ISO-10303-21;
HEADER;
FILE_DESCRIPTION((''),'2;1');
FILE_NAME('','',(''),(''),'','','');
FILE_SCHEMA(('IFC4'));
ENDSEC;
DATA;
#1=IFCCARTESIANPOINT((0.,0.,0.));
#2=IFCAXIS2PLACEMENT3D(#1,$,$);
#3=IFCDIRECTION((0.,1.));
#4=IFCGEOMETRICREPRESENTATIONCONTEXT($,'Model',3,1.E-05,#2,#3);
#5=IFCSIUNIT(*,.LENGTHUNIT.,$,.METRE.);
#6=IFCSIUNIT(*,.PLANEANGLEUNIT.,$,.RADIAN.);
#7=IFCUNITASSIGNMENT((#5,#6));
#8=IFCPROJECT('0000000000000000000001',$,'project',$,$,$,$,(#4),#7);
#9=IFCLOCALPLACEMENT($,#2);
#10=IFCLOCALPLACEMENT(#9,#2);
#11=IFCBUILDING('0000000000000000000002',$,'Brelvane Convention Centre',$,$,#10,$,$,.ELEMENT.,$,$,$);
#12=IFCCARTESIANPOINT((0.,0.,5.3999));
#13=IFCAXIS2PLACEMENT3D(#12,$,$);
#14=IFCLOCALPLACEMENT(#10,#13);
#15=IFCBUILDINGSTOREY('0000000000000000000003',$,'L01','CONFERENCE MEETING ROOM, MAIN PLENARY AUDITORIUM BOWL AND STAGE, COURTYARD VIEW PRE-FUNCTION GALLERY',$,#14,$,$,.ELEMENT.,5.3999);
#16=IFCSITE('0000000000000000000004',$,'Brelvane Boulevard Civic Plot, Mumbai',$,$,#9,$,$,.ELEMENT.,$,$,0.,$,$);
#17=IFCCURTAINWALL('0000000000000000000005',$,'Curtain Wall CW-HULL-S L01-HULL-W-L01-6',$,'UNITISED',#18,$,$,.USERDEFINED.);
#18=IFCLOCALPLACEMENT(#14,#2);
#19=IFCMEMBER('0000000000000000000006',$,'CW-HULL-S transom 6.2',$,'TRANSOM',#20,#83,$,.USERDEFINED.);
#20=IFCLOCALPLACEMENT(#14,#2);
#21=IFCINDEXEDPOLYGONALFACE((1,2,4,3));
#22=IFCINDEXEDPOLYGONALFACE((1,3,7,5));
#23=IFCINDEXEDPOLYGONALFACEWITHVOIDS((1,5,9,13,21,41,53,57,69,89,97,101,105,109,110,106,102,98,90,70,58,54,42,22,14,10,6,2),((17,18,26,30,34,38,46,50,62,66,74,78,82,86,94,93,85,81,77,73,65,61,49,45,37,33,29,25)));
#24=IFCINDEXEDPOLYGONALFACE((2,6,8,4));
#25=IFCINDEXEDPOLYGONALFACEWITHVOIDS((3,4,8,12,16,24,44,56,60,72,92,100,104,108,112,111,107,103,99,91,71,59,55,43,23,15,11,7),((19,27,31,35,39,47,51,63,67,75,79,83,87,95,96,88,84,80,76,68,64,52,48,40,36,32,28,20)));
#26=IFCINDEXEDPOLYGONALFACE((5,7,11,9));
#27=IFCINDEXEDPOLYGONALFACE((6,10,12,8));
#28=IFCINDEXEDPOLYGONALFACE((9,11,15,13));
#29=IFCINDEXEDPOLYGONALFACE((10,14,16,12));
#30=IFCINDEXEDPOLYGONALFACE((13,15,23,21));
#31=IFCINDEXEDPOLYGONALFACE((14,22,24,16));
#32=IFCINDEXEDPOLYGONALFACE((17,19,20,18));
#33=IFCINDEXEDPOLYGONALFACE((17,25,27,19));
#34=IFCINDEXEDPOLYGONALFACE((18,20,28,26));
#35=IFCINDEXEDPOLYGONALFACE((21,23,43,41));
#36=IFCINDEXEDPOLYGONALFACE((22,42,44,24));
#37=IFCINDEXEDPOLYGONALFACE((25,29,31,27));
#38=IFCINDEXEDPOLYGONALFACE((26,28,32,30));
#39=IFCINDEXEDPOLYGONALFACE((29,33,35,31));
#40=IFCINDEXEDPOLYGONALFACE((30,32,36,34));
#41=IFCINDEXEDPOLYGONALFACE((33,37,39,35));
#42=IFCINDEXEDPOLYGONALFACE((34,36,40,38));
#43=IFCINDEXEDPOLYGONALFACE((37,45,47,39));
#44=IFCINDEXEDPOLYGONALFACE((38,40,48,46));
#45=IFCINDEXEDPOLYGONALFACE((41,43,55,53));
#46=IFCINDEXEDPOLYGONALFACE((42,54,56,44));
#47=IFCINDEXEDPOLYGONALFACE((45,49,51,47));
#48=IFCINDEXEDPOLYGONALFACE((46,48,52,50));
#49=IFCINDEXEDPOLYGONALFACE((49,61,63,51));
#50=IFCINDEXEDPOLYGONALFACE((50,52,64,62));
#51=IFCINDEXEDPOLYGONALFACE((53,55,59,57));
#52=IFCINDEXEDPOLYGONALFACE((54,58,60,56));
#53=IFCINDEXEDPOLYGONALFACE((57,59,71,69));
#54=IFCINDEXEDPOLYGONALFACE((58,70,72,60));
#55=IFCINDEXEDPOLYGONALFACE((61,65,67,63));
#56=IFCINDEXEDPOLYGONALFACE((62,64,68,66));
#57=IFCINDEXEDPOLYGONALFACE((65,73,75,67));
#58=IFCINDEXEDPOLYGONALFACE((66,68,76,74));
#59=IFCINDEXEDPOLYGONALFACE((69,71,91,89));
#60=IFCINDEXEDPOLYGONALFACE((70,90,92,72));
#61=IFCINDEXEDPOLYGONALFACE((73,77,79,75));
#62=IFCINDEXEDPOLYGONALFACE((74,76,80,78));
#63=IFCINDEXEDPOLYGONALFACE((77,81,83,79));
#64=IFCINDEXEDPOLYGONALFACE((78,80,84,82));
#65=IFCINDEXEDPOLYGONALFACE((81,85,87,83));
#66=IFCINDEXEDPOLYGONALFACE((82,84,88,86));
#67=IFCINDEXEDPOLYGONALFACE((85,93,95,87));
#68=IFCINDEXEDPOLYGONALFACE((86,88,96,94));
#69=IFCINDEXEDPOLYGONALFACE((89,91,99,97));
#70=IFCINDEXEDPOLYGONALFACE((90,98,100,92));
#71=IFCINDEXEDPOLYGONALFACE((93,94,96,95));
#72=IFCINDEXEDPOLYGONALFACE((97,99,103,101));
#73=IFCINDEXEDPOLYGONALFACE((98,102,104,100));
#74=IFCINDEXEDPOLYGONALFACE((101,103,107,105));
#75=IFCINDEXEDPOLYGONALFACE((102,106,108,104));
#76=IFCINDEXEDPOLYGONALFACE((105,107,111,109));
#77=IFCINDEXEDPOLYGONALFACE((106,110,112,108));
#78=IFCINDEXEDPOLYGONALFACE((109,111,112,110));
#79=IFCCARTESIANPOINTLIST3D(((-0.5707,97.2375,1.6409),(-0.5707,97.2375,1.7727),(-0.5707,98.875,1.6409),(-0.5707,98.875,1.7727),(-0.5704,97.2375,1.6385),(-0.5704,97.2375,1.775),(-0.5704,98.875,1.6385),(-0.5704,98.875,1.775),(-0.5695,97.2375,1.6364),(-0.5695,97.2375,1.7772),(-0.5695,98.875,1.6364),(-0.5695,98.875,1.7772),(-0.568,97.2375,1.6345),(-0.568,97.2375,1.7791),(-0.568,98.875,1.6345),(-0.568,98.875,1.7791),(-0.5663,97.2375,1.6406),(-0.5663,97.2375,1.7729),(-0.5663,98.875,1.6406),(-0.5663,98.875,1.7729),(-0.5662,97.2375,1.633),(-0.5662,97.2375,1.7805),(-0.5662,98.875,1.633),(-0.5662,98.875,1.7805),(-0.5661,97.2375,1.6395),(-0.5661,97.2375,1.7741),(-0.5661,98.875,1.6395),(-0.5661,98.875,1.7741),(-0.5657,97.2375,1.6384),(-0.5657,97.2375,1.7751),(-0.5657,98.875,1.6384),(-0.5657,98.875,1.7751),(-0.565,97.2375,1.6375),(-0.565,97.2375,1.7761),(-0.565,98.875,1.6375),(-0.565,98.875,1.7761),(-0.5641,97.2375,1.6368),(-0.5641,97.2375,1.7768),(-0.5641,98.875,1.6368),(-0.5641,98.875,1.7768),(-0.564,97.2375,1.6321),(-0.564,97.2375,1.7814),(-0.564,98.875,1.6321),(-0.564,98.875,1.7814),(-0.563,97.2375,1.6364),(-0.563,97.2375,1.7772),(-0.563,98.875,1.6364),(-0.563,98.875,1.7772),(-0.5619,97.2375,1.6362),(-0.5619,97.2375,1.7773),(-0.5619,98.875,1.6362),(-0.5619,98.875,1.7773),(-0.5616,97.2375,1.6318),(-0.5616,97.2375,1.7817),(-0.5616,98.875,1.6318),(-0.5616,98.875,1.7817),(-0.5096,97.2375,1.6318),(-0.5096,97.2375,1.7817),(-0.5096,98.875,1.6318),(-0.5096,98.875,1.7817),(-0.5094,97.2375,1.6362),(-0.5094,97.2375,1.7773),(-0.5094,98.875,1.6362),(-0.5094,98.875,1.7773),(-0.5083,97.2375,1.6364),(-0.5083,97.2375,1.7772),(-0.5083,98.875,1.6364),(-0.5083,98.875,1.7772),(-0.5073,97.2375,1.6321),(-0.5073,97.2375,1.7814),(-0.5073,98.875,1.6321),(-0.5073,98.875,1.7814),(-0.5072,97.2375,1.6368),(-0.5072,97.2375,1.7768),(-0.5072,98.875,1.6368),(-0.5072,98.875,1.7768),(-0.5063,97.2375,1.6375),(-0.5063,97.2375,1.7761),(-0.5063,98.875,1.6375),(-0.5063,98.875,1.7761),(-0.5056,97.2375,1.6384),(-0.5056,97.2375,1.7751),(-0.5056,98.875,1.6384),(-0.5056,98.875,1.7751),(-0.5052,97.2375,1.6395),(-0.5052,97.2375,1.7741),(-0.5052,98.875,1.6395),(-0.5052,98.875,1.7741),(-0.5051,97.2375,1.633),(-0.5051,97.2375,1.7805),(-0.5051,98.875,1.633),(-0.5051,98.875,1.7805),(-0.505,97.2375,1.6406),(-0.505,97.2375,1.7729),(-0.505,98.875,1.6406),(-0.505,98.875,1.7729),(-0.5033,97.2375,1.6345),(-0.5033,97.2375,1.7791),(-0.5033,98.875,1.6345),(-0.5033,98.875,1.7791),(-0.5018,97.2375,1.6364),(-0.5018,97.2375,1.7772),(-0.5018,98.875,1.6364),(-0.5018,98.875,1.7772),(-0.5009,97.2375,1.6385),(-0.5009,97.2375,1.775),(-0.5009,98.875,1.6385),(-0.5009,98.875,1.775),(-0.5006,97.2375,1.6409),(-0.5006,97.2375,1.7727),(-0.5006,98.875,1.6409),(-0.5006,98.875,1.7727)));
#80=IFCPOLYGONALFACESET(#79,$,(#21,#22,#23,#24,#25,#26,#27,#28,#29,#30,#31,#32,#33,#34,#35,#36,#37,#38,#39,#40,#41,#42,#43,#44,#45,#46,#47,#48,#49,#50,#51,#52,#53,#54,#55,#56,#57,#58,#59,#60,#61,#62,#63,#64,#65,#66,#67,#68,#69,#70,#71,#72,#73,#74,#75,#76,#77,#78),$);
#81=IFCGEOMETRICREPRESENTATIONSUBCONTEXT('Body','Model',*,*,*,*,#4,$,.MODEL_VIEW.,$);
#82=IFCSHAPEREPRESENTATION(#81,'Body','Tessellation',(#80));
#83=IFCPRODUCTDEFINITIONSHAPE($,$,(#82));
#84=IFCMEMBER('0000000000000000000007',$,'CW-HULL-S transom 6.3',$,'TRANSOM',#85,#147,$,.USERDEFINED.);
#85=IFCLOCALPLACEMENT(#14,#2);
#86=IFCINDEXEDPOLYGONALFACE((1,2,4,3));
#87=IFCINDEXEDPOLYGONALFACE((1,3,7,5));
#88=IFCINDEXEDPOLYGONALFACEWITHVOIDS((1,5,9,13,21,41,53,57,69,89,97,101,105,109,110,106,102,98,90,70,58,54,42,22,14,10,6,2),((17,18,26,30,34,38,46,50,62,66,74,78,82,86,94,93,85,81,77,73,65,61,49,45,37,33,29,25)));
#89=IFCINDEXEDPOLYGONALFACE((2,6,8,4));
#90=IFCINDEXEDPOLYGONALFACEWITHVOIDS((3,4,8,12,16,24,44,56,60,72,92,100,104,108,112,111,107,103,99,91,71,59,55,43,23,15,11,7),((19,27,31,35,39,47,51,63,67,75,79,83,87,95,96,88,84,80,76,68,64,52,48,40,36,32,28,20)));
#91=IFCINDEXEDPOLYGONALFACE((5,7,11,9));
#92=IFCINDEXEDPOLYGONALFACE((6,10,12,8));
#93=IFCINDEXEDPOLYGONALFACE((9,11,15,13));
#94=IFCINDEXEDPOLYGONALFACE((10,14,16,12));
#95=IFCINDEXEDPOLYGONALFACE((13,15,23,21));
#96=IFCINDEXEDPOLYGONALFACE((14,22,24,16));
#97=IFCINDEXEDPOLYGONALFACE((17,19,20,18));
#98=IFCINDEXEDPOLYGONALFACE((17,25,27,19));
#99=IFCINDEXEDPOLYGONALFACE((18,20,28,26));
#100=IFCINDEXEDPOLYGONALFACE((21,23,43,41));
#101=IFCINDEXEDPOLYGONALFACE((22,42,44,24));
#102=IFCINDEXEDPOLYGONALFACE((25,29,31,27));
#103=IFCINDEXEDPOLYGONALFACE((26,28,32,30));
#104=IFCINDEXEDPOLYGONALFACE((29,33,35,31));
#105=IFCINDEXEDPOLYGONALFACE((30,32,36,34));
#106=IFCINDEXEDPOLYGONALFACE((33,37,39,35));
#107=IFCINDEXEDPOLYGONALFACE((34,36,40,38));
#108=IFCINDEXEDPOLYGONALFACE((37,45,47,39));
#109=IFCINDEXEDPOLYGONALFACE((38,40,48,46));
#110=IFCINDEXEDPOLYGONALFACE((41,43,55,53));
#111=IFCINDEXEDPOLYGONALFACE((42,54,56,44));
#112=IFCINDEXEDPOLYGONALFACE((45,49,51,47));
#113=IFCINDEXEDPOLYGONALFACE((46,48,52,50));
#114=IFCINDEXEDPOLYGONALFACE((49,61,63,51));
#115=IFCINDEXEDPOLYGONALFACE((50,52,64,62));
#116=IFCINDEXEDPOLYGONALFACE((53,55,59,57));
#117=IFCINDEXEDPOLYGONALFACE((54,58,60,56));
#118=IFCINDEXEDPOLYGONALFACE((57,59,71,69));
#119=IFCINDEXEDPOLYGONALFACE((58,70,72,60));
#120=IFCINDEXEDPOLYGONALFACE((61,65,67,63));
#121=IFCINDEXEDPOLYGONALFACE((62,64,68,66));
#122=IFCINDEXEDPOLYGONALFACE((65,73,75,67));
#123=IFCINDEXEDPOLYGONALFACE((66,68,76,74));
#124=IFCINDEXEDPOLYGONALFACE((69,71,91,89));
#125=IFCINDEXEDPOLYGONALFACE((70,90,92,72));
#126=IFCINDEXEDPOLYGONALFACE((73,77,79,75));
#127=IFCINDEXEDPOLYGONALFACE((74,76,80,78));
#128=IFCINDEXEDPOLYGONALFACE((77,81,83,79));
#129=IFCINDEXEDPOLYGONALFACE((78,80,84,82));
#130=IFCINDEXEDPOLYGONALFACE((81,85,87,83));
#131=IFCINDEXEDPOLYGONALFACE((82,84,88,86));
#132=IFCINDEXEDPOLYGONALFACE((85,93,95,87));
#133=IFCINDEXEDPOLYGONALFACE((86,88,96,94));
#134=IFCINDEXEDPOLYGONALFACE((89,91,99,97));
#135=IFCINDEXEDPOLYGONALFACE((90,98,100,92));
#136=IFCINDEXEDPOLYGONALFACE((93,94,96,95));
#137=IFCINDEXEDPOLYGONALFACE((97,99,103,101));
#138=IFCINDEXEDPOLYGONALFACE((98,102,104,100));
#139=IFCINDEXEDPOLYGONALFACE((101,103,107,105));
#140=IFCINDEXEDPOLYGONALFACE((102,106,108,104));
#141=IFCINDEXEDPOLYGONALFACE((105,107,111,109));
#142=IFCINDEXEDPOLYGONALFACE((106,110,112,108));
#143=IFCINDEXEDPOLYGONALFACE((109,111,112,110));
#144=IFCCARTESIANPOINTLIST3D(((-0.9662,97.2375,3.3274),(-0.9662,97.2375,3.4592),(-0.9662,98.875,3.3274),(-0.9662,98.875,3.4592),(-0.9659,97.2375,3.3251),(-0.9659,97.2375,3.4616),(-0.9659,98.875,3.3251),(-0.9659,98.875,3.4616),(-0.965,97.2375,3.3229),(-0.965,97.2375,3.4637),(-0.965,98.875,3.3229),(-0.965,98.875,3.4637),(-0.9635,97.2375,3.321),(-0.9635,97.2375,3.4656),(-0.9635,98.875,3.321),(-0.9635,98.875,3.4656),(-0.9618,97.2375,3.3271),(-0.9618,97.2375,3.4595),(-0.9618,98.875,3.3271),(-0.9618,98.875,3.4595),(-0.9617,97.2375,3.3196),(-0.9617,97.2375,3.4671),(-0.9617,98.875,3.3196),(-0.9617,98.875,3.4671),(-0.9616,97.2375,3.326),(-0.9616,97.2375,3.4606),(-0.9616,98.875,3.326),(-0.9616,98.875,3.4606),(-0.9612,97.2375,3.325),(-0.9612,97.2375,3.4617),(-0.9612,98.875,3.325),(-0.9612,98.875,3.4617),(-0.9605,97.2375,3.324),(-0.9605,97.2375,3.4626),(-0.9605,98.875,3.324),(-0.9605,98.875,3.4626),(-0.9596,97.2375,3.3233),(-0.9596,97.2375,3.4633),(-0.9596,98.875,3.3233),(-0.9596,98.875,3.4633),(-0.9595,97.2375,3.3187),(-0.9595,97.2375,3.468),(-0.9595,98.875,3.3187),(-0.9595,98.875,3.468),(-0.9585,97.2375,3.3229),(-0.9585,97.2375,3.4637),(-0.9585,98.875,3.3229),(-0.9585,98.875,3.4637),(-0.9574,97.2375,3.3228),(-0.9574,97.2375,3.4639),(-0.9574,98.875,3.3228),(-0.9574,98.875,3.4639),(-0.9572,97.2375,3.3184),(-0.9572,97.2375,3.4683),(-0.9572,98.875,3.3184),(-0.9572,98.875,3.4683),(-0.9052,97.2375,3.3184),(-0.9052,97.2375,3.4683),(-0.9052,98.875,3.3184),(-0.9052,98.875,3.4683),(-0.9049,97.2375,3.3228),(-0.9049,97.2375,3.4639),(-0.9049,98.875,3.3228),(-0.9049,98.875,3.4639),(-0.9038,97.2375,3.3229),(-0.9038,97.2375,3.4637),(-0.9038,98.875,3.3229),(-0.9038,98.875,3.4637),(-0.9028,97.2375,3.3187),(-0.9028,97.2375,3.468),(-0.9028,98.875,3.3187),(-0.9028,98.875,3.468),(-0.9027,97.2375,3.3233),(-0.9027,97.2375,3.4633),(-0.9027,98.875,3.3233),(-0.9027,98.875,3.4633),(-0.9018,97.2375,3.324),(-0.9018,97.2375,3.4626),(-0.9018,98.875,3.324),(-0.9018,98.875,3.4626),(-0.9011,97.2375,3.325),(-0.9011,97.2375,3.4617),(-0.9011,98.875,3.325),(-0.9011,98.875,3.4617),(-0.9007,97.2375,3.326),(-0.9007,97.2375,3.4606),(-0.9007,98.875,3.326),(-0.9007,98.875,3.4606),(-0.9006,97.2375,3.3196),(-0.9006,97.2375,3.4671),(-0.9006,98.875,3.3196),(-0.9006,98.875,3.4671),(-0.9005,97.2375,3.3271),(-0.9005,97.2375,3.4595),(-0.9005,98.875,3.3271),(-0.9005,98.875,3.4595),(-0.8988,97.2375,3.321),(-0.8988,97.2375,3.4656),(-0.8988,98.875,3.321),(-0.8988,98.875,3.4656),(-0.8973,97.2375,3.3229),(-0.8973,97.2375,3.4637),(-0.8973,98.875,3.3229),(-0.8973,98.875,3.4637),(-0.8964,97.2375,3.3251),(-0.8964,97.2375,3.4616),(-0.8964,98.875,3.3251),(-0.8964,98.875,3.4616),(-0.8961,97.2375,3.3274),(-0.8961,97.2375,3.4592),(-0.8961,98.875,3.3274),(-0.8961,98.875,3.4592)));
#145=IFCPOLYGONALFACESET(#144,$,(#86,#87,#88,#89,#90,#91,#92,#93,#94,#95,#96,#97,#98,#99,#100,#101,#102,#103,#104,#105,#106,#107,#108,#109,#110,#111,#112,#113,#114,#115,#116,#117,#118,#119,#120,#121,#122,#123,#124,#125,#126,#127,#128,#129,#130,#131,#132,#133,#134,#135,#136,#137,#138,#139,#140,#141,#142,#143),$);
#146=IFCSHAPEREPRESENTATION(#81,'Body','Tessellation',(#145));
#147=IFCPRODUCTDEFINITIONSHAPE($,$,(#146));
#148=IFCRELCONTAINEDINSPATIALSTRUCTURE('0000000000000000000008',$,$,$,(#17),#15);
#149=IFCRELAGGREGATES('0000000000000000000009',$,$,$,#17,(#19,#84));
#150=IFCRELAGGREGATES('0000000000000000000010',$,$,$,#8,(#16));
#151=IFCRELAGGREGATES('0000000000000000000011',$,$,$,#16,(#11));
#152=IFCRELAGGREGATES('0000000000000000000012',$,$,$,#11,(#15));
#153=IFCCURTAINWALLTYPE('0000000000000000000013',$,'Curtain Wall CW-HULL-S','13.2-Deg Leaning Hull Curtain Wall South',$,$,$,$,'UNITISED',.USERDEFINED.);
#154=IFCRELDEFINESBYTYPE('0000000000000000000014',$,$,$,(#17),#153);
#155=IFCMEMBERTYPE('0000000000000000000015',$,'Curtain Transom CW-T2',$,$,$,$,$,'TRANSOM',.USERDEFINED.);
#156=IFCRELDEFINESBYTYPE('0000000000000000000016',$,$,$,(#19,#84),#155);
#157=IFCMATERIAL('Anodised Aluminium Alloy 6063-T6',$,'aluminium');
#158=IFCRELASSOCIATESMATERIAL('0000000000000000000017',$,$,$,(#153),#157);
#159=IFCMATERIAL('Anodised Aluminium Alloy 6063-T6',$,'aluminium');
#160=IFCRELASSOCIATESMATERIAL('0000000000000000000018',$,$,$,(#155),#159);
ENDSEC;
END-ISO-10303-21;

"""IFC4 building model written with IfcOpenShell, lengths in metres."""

from ifc_helpers import new_model, si_unit, direction, frame, origin, origin_2d, place, context, subcontext, project, spatial, hollow_rectangle, extrude, material, material_profile, profile_set, type_object, element, aggregate, save


model = new_model("IFC4")

# Units and contexts
model_context = context("Model", 3, precision=1e-05, world=origin(), true_north=direction((0.0, 1.0)))
body_context = subcontext(model_context, "Body", "Model", "MODEL_VIEW")
ifc_project = project(units=[si_unit("LENGTHUNIT", "METRE"), si_unit("PLANEANGLEUNIT", "RADIAN")], contexts=[model_context])

# Site, building, storey
site_placement = place(None, origin())
site = spatial("IfcSite", under=ifc_project, at=site_placement, Name="Brelvane Boulevard Civic Plot, Mumbai", CompositionType="ELEMENT", RefElevation=0.0)
building_placement = place(site_placement, origin())
building = spatial("IfcBuilding", under=site, at=building_placement, Name="Brelvane Convention Centre", CompositionType="ELEMENT")
storey_placement = place(building_placement, frame((0.0, 0.0, 5.3999)))
storey = spatial("IfcBuildingStorey", under=building, at=storey_placement, Name="L01", Description="CONFERENCE MEETING ROOM, MAIN PLENARY AUDITORIUM BOWL AND STAGE, COURTYARD VIEW PRE-FUNCTION GALLERY", CompositionType="ELEMENT", Elevation=5.3999)

# Curtain wall, members
ifc_material_1 = material(Name="Anodised Aluminium Alloy 6063-T6", Category="aluminium")
curtain_wall_type = type_object("IfcCurtainWallType", Name="Curtain Wall CW-HULL-S", Description="13.2-Deg Leaning Hull Curtain Wall South", ElementType="UNITISED", PredefinedType="USERDEFINED", material=ifc_material_1)
curtain_wall_placement = place(storey_placement, origin())
curtain_wall = element("IfcCurtainWall", 1, at=curtain_wall_placement, inside=storey, type_object=curtain_wall_type, Name="Curtain Wall CW-HULL-S L01-HULL-W-L01-6", ObjectType="UNITISED", PredefinedType="USERDEFINED")
ifc_material_2 = material(Name="Anodised Aluminium Alloy 6063-T6", Category="aluminium")
ifc_material_profile_1 = material_profile(ifc_material_2, hollow_rectangle(XDim=0.0701, YDim=0.1499, WallThickness=0.0044, InnerFilletRadius=0.0044, OuterFilletRadius=0.009, at=origin_2d()), Name="ALU-T 150x70x4.5")
ifc_profile_set_1 = profile_set([ifc_material_profile_1], Name="Anodised Aluminium Alloy 6063-T6")
member_type_1 = type_object("IfcMemberType", Name="Curtain Transom CW-T2", ElementType="TRANSOM", PredefinedType="USERDEFINED", material=ifc_profile_set_1)
member_1_placement = place(storey_placement, frame((-0.5356, 97.2375, 1.7068), z_axis=(0.0, 1.0, 0.0), x_axis=(-1.0, 0.0, 0.0)))
member_1 = element("IfcMember", 2, at=member_1_placement, type_object=member_type_1, Name="CW-HULL-S transom 6.2", ObjectType="TRANSOM", PredefinedType="USERDEFINED", context=body_context, shape_type="SweptSolid", body=[
    extrude(hollow_rectangle(XDim=0.0701, YDim=0.1499, WallThickness=0.0044, InnerFilletRadius=0.0044, OuterFilletRadius=0.009, at=origin_2d()), origin(), (0.0, 0.0, 1.0), 1.6375),
])
member_2_placement = place(storey_placement, frame((-0.9312, 97.2375, 3.3933), z_axis=(0.0, 1.0, 0.0), x_axis=(-1.0, 0.0, 0.0)))
member_2 = element("IfcMember", 3, at=member_2_placement, type_object=member_type_1, Name="CW-HULL-S transom 6.3", ObjectType="TRANSOM", PredefinedType="USERDEFINED", context=body_context, shape_type="SweptSolid", body=[
    extrude(hollow_rectangle(XDim=0.0701, YDim=0.1499, WallThickness=0.0044, InnerFilletRadius=0.0044, OuterFilletRadius=0.009, at=origin_2d()), origin(), (0.0, 0.0, 1.0), 1.6375),
])

aggregate(curtain_wall, [member_1, member_2])

save(model, "model.ifc")
